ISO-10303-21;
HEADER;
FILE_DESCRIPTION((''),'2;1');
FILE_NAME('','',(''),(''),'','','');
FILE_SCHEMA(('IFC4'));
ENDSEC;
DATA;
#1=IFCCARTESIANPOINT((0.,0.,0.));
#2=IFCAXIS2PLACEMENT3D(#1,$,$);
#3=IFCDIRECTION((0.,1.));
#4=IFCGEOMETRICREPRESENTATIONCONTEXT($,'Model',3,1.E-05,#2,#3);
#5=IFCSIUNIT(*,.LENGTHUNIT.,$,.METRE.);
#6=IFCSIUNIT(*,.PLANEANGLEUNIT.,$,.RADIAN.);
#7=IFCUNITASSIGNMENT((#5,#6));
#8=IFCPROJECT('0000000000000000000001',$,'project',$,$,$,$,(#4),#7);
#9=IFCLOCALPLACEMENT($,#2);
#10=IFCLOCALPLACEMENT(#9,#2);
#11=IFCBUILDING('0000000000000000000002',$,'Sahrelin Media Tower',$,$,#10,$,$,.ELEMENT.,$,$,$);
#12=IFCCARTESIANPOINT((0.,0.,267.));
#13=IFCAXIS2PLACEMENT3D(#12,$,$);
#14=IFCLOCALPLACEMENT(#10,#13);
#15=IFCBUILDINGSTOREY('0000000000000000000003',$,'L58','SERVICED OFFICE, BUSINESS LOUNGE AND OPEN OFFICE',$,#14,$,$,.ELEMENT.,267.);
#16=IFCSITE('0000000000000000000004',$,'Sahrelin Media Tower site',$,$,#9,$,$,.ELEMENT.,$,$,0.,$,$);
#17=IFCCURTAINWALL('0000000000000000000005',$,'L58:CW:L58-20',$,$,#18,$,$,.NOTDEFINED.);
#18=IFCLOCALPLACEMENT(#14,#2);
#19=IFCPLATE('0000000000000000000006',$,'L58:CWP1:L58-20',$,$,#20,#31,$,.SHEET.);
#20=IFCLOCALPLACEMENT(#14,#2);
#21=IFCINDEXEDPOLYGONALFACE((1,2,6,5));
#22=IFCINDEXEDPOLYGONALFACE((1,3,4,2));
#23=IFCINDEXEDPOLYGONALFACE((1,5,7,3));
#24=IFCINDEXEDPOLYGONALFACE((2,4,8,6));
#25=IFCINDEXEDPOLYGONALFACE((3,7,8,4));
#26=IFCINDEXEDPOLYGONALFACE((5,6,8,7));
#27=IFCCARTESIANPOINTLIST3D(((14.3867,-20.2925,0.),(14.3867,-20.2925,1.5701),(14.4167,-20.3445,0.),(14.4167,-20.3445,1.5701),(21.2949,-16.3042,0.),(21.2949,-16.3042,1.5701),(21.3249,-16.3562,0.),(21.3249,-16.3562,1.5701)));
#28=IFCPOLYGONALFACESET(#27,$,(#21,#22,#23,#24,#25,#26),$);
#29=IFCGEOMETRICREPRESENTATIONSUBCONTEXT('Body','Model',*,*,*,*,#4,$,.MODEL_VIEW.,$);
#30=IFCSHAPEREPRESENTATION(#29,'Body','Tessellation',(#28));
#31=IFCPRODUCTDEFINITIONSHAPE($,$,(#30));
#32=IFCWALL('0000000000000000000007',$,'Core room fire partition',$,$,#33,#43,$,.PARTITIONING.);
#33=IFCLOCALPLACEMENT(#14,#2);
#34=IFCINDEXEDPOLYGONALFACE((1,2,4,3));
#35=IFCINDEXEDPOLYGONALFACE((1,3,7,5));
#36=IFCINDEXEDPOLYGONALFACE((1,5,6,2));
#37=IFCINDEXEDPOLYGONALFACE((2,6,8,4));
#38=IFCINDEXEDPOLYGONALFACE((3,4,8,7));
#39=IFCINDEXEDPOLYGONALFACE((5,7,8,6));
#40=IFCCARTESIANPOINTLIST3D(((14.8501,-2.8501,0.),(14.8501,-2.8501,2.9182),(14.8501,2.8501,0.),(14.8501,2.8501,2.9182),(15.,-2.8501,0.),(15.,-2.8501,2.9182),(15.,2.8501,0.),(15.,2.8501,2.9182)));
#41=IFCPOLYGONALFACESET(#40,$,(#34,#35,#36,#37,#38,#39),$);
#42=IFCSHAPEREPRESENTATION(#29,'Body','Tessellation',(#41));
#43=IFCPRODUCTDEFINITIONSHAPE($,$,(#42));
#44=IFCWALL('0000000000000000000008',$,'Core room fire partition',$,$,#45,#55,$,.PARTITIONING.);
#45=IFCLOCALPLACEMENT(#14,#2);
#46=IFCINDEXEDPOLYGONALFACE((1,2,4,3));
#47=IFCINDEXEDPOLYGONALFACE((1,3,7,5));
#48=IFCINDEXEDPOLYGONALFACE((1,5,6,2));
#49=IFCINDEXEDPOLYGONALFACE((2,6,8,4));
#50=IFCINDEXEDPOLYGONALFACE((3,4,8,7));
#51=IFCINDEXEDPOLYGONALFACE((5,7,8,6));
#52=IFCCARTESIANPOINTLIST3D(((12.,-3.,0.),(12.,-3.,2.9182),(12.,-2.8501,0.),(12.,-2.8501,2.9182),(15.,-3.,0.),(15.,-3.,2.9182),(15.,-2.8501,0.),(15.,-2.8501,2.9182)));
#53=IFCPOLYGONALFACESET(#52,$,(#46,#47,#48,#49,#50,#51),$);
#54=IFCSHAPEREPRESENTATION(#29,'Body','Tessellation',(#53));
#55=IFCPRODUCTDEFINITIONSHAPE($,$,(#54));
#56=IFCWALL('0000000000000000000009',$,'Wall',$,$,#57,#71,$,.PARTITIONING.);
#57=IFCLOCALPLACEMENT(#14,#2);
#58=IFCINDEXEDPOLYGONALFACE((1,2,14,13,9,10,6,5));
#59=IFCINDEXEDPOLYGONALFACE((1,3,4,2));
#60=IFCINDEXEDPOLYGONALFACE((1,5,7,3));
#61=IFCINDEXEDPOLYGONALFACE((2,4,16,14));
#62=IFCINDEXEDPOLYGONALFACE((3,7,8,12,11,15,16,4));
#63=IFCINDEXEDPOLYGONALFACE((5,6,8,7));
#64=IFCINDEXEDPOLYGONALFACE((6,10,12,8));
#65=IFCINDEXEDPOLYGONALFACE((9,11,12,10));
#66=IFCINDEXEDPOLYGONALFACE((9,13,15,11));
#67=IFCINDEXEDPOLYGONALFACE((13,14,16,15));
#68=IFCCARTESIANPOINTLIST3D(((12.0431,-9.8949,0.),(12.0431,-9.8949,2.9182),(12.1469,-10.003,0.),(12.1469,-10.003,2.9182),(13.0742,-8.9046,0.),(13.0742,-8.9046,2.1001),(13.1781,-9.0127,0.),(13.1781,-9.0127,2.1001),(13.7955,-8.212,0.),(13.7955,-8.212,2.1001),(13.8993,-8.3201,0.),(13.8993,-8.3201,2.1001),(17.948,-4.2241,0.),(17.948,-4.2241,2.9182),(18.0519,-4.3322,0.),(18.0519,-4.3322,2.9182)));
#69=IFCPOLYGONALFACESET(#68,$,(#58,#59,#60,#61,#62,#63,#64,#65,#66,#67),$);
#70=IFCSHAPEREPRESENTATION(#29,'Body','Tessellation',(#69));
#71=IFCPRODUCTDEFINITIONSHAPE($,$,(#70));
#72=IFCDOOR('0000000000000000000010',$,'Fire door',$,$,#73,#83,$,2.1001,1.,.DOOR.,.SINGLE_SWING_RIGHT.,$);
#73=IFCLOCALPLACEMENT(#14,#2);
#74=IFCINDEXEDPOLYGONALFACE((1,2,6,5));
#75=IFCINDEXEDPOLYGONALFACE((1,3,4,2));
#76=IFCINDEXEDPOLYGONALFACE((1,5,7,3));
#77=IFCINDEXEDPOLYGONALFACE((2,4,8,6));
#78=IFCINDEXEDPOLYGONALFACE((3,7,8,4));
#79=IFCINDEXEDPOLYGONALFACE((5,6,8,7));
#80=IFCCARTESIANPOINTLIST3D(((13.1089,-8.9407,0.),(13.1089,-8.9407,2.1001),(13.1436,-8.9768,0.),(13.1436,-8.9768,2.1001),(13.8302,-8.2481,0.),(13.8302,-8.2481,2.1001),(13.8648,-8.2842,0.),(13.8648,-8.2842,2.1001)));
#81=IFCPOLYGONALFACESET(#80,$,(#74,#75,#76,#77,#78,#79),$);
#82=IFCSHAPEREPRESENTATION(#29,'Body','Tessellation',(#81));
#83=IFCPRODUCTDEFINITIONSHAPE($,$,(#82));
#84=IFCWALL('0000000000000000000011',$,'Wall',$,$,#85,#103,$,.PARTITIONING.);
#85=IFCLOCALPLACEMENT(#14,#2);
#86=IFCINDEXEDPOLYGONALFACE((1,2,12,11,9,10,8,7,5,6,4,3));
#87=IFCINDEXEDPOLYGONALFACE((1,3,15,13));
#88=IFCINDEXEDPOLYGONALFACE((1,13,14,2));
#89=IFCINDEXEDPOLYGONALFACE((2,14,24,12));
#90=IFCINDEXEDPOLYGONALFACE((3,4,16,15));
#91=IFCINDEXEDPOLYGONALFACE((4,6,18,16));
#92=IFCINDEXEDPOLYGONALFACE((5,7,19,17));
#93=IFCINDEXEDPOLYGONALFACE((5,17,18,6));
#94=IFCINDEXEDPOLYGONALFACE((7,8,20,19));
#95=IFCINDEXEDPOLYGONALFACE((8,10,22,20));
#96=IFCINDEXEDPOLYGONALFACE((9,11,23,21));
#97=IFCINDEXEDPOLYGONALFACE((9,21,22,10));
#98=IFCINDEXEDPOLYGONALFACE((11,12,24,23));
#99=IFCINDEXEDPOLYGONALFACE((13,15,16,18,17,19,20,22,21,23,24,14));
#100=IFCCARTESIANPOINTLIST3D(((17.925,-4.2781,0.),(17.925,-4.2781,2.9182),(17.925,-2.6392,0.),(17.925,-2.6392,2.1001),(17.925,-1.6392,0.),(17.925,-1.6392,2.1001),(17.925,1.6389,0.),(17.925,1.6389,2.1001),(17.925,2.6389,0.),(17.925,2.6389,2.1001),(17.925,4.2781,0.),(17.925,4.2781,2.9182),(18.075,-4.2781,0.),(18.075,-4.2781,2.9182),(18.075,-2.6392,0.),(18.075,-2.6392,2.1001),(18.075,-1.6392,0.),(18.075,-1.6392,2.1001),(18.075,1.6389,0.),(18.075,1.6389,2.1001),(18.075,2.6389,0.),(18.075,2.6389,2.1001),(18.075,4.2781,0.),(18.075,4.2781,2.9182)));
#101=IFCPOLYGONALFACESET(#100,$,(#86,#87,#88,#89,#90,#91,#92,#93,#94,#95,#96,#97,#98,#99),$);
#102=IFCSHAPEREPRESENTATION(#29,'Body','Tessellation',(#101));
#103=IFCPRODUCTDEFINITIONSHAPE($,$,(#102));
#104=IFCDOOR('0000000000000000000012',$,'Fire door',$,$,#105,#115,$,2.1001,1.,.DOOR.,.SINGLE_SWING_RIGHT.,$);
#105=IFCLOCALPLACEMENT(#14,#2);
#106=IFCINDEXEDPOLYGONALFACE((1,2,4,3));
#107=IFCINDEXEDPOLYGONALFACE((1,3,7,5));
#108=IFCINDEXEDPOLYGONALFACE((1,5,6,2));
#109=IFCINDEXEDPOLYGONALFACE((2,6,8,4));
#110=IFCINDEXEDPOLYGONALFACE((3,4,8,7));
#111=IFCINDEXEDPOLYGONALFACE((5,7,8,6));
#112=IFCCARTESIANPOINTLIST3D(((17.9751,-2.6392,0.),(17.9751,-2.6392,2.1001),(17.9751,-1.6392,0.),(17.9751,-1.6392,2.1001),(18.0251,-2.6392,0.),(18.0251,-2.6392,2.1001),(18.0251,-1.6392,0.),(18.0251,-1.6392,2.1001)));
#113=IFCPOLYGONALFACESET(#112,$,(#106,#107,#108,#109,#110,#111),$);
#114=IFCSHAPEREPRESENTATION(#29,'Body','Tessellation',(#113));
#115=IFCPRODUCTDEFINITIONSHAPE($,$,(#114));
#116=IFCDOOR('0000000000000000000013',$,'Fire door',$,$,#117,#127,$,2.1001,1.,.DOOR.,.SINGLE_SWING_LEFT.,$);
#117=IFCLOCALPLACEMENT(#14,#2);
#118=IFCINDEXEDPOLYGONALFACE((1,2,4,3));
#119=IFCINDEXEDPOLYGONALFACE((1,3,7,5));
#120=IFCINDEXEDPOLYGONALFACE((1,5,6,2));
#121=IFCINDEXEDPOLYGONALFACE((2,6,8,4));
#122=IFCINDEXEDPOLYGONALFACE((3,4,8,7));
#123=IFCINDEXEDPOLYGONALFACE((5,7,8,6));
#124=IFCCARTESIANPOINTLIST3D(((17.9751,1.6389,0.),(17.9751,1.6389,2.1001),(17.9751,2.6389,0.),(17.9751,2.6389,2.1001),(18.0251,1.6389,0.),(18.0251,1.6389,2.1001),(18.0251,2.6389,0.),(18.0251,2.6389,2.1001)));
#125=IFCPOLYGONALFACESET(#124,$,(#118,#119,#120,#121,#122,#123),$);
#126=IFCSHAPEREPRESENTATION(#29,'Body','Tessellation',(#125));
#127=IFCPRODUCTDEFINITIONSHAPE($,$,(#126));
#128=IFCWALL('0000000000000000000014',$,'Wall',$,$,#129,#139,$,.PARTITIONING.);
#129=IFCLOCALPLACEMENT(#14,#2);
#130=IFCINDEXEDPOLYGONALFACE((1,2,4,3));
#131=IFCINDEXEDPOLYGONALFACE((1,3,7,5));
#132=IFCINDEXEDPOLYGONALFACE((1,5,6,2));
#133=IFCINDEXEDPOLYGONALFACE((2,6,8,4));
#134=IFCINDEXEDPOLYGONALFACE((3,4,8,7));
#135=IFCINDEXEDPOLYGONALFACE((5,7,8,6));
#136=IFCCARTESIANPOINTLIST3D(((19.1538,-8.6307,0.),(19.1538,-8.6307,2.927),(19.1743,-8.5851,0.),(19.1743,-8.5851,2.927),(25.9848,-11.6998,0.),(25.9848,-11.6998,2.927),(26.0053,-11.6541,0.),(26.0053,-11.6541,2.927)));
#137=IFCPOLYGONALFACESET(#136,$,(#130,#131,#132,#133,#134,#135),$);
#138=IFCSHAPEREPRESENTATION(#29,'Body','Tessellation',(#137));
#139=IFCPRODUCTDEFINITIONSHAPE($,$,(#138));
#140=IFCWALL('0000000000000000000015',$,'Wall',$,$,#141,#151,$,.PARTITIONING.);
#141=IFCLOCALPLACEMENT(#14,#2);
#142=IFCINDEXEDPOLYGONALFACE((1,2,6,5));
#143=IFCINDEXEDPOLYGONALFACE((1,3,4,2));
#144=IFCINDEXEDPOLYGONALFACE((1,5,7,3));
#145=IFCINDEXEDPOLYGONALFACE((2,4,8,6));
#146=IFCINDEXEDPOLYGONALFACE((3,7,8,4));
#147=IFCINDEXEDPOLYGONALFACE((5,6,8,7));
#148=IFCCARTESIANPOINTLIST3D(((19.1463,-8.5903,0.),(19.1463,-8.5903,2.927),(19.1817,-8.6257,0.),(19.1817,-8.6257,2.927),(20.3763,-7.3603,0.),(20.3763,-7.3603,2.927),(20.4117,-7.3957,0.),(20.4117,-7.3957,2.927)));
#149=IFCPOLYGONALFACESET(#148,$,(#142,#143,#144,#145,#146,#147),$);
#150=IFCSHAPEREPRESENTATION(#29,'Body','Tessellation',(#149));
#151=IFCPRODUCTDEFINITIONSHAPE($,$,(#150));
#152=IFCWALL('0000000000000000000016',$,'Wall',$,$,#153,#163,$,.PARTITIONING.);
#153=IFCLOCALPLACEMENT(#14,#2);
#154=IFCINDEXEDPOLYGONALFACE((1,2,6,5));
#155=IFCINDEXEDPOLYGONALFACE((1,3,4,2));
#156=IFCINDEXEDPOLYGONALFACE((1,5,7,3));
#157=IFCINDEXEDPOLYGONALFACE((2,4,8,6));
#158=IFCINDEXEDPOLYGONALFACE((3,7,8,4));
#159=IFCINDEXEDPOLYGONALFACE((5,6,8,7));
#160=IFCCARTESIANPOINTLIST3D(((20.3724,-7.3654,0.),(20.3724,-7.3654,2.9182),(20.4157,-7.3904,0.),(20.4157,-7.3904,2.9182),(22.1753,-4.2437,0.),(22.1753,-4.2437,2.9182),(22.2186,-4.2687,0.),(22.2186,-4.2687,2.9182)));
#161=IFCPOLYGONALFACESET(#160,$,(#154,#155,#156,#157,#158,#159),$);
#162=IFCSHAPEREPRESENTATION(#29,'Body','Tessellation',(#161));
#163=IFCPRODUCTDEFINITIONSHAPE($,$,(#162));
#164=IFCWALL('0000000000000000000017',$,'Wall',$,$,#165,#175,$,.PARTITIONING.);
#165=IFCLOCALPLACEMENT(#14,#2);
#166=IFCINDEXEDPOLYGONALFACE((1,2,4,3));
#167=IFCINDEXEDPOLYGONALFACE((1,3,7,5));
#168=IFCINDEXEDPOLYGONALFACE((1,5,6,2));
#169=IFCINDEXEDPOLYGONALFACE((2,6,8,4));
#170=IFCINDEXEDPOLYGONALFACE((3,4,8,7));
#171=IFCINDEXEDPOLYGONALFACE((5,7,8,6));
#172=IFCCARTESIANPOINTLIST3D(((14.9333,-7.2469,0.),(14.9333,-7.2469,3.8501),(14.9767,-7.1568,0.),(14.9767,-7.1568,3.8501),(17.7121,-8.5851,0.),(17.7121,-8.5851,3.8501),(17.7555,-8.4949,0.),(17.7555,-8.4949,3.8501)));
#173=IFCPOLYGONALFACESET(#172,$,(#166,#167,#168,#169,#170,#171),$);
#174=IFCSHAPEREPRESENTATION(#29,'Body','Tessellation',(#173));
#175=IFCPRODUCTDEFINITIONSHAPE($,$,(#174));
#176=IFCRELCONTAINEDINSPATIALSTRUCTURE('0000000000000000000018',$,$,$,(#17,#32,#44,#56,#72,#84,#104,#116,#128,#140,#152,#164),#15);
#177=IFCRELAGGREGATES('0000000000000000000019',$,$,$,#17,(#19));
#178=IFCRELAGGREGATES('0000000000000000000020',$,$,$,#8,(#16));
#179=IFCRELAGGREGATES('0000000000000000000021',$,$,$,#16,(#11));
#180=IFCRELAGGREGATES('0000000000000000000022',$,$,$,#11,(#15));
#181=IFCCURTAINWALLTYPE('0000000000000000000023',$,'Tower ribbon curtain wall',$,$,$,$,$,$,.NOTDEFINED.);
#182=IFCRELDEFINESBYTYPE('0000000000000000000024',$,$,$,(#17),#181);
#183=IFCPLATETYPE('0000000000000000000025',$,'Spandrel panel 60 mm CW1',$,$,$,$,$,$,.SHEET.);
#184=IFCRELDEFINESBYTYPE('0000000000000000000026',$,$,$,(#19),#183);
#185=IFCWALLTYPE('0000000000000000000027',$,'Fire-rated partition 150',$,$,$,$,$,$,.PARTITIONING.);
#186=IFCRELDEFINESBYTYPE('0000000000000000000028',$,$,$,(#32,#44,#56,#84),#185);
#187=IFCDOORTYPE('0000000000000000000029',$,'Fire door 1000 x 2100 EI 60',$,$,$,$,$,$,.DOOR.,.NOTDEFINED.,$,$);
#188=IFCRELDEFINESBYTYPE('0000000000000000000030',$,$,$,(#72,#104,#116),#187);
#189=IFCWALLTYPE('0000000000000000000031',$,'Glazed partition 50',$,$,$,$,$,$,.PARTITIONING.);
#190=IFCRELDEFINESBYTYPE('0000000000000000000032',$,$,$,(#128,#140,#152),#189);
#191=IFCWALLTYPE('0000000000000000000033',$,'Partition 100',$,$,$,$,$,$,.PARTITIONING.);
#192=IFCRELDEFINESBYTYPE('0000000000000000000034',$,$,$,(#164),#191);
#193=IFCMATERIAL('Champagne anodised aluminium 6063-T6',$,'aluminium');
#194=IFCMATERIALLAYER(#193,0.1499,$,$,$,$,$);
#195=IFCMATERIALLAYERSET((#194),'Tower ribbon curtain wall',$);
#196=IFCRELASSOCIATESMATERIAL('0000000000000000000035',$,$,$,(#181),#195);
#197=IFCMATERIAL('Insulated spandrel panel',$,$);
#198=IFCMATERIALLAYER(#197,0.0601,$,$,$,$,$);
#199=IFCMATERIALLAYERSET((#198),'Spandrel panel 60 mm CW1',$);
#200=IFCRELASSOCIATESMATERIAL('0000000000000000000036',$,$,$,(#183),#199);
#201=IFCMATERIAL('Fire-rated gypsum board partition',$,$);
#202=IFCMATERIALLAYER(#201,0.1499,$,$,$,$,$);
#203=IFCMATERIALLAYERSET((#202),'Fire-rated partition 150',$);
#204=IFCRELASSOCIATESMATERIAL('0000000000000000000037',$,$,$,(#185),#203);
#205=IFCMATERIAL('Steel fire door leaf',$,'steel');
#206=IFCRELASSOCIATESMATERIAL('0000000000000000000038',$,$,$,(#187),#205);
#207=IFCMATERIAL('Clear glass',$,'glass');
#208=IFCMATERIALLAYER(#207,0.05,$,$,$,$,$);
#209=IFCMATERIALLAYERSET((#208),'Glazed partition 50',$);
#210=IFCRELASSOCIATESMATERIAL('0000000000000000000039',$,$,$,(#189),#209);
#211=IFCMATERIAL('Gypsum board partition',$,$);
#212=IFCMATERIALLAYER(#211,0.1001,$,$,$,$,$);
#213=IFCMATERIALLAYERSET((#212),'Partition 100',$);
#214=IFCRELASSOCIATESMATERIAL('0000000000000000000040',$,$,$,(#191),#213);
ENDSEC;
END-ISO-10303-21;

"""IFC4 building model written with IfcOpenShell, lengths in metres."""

from ifc_helpers import new_model, si_unit, direction, frame, frame_2d, origin, place, context, subcontext, project, spatial, polyline, rectangle, outline, extrude, material, layer, layer_set, type_object, element, fill, aggregate, save


model = new_model("IFC4")

# Units and contexts
model_context = context("Model", 3, precision=1e-05, world=origin(), true_north=direction((0.0, 1.0)))
body_context = subcontext(model_context, "Body", "Model", "MODEL_VIEW")
ifc_project = project(units=[si_unit("LENGTHUNIT", "METRE"), si_unit("PLANEANGLEUNIT", "RADIAN")], contexts=[model_context])

# Site, building, storey
site_placement = place(None, origin())
site = spatial("IfcSite", under=ifc_project, at=site_placement, Name="Sahrelin Media Tower site", CompositionType="ELEMENT", RefElevation=0.0)
building_placement = place(site_placement, origin())
building = spatial("IfcBuilding", under=site, at=building_placement, Name="Sahrelin Media Tower", CompositionType="ELEMENT")
storey_placement = place(building_placement, frame((0.0, 0.0, 267.0)))
storey = spatial("IfcBuildingStorey", under=building, at=storey_placement, Name="L58", Description="SERVICED OFFICE, BUSINESS LOUNGE AND OPEN OFFICE", CompositionType="ELEMENT", Elevation=267.0)

# Curtain wall
ifc_material_1 = material(Name="Champagne anodised aluminium 6063-T6", Category="aluminium")
ifc_layer_1 = layer(ifc_material_1, 0.1499)
ifc_layer_set_1 = layer_set([ifc_layer_1], Name="Tower ribbon curtain wall")
curtain_wall_type = type_object("IfcCurtainWallType", Name="Tower ribbon curtain wall", PredefinedType="NOTDEFINED", material=ifc_layer_set_1)
curtain_wall_1_placement = place(storey_placement, frame((17.8608, -18.333, 0.0), z_axis=(0.0, 0.0, 1.0), x_axis=(1.0, 0.0, 0.0)))
curtain_wall_1 = element("IfcCurtainWall", 1, at=curtain_wall_1_placement, inside=storey, type_object=curtain_wall_type, Name="L58:CW:L58-20", PredefinedType="NOTDEFINED")

# Plate
ifc_material_2 = material(Name="Insulated spandrel panel")
ifc_layer_2 = layer(ifc_material_2, 0.0601)
ifc_layer_set_2 = layer_set([ifc_layer_2], Name="Spandrel panel 60 mm CW1")
plate_type_1 = type_object("IfcPlateType", Name="Spandrel panel 60 mm CW1", PredefinedType="SHEET", material=ifc_layer_set_2)
plate_1_placement = place(storey_placement, frame((14.4167, -20.3445, 0.0), z_axis=(0.499984, -0.866035, 0.0), x_axis=(0.866035, 0.499984, 0.0)))
plate_1 = element("IfcPlate", 2, at=plate_1_placement, type_object=plate_type_1, Name="L58:CWP1:L58-20", PredefinedType="SHEET", context=body_context, shape_type="SweptSolid", body=[
    extrude(outline(polyline([(0.0, 0.0), (7.9768, 0.0), (7.9768, 1.5701), (0.0, 1.5701), (0.0, 0.0)])), origin(), (0.0, 0.0, -1.0), 0.0601),
])
aggregate(curtain_wall_1, [plate_1])

# Walls
ifc_material_3 = material(Name="Fire-rated gypsum board partition")
ifc_layer_3 = layer(ifc_material_3, 0.1499)
ifc_layer_set_3 = layer_set([ifc_layer_3], Name="Fire-rated partition 150")
wall_type_1 = type_object("IfcWallType", Name="Fire-rated partition 150", PredefinedType="PARTITIONING", material=ifc_layer_set_3)
wall_1_placement = place(storey_placement, frame((14.925, -2.8501, 0.0), z_axis=(0.0, 0.0, 1.0), x_axis=(0.0, 1.0, 0.0)))
element("IfcWall", 3, at=wall_1_placement, inside=storey, type_object=wall_type_1, Name="Core room fire partition", PredefinedType="PARTITIONING", context=body_context, shape_type="SweptSolid", body=[
    extrude(rectangle(XDim=5.7002, YDim=0.1499, at=frame_2d((2.8501, 0.0))), origin(), (0.0, 0.0, 1.0), 2.9182),
])
wall_2_placement = place(storey_placement, frame((12.0, -2.925, 0.0), z_axis=(0.0, 0.0, 1.0), x_axis=(1.0, 0.0, 0.0)))
element("IfcWall", 4, at=wall_2_placement, inside=storey, type_object=wall_type_1, Name="Core room fire partition", PredefinedType="PARTITIONING", context=body_context, shape_type="SweptSolid", body=[
    extrude(rectangle(XDim=3.0, YDim=0.1499, at=frame_2d((1.5, 0.0))), origin(), (0.0, 0.0, 1.0), 2.9182),
])

# Wall, opening, door
wall_3_placement = place(storey_placement, frame((12.095, -9.949, 0.0), z_axis=(0.0, 0.0, 1.0), x_axis=(0.721261, 0.692663, 0.0)))
wall_3 = element("IfcWall", 5, at=wall_3_placement, inside=storey, type_object=wall_type_1, Name="Wall", PredefinedType="PARTITIONING", context=body_context, shape_type="SweptSolid", body=[
    extrude(rectangle(XDim=8.187, YDim=0.1499, at=frame_2d((4.0935, 0.0))), origin(), (0.0, 0.0, 1.0), 2.9182),
])
opening_1_placement = place(wall_3_placement, frame((1.4297, 0.0, 0.0)))
opening_1 = element("IfcOpeningElement", 6, at=opening_1_placement, cuts=wall_3, PredefinedType="OPENING", context=body_context, shape_type="SweptSolid", body=[
    extrude(rectangle(XDim=1.0, YDim=2.1001, at=frame_2d((0.5, 1.05))), frame((0.0, 0.075, 0.0), z_axis=(0.0, -1.0, 0.0), x_axis=(1.0, 0.0, 0.0)), (0.0, 0.0, 1.0), 0.1499),
])
ifc_material_4 = material(Name="Steel fire door leaf", Category="steel")
door_type_1 = type_object("IfcDoorType", Name="Fire door 1000 x 2100 EI 60", OperationType="NOTDEFINED", PredefinedType="DOOR", material=ifc_material_4)
door_1_placement = place(opening_1_placement, origin())
door_1 = element("IfcDoor", 7, at=door_1_placement, inside=storey, type_object=door_type_1, Name="Fire door", OperationType="SINGLE_SWING_RIGHT", OverallHeight=2.1001, OverallWidth=1.0, PredefinedType="DOOR", context=body_context, shape_type="SweptSolid", body=[
    extrude(rectangle(XDim=1.0, YDim=2.1001, at=frame_2d((0.5, 1.05))), frame((0.0, 0.0249, 0.0), z_axis=(0.0, -1.0, 0.0), x_axis=(1.0, 0.0, 0.0)), (0.0, 0.0, 1.0), 0.05),
])
fill(opening_1, door_1)

# Wall, openings, doors
wall_4_placement = place(storey_placement, frame((18.0, -4.2781, 0.0), z_axis=(0.0, 0.0, 1.0), x_axis=(0.0, 1.0, 0.0)))
wall_4 = element("IfcWall", 8, at=wall_4_placement, inside=storey, type_object=wall_type_1, Name="Wall", PredefinedType="PARTITIONING", context=body_context, shape_type="SweptSolid", body=[
    extrude(rectangle(XDim=8.5562, YDim=0.1499, at=frame_2d((4.2781, 0.0))), origin(), (0.0, 0.0, 1.0), 2.9182),
])
opening_2_placement = place(wall_4_placement, frame((1.6389, 0.0, 0.0)))
opening_2 = element("IfcOpeningElement", 9, at=opening_2_placement, cuts=wall_4, PredefinedType="OPENING", context=body_context, shape_type="SweptSolid", body=[
    extrude(rectangle(XDim=1.0, YDim=2.1001, at=frame_2d((0.5, 1.05))), frame((0.0, 0.075, 0.0), z_axis=(0.0, -1.0, 0.0), x_axis=(1.0, 0.0, 0.0)), (0.0, 0.0, 1.0), 0.1499),
])
opening_3_placement = place(wall_4_placement, frame((5.917, 0.0, 0.0)))
opening_3 = element("IfcOpeningElement", 10, at=opening_3_placement, cuts=wall_4, PredefinedType="OPENING", context=body_context, shape_type="SweptSolid", body=[
    extrude(rectangle(XDim=1.0, YDim=2.1001, at=frame_2d((0.5, 1.05))), frame((0.0, 0.075, 0.0), z_axis=(0.0, -1.0, 0.0), x_axis=(1.0, 0.0, 0.0)), (0.0, 0.0, 1.0), 0.1499),
])
door_2_placement = place(opening_2_placement, origin())
door_2 = element("IfcDoor", 11, at=door_2_placement, inside=storey, type_object=door_type_1, Name="Fire door", OperationType="SINGLE_SWING_RIGHT", OverallHeight=2.1001, OverallWidth=1.0, PredefinedType="DOOR", context=body_context, shape_type="SweptSolid", body=[
    extrude(rectangle(XDim=1.0, YDim=2.1001, at=frame_2d((0.5, 1.05))), frame((0.0, 0.0249, 0.0), z_axis=(0.0, -1.0, 0.0), x_axis=(1.0, 0.0, 0.0)), (0.0, 0.0, 1.0), 0.05),
])
fill(opening_2, door_2)
door_3_placement = place(opening_3_placement, origin())
door_3 = element("IfcDoor", 12, at=door_3_placement, inside=storey, type_object=door_type_1, Name="Fire door", OperationType="SINGLE_SWING_LEFT", OverallHeight=2.1001, OverallWidth=1.0, PredefinedType="DOOR", context=body_context, shape_type="SweptSolid", body=[
    extrude(rectangle(XDim=1.0, YDim=2.1001, at=frame_2d((0.5, 1.05))), frame((0.0, 0.0249, 0.0), z_axis=(0.0, -1.0, 0.0), x_axis=(1.0, 0.0, 0.0)), (0.0, 0.0, 1.0), 0.05),
])
fill(opening_3, door_3)

# Walls
ifc_material_5 = material(Name="Clear glass", Category="glass")
ifc_layer_4 = layer(ifc_material_5, 0.05)
ifc_layer_set_4 = layer_set([ifc_layer_4], Name="Glazed partition 50")
wall_type_2 = type_object("IfcWallType", Name="Glazed partition 50", PredefinedType="PARTITIONING", material=ifc_layer_set_4)
wall_5_placement = place(storey_placement, frame((19.1641, -8.6079, 0.0), z_axis=(0.0, 0.0, 1.0), x_axis=(0.912165, -0.409822, 0.0)))
element("IfcWall", 13, at=wall_5_placement, inside=storey, type_object=wall_type_2, Name="Wall", PredefinedType="PARTITIONING", context=body_context, shape_type="SweptSolid", body=[
    extrude(rectangle(XDim=7.4888, YDim=0.05, at=frame_2d((3.7444, 0.0))), origin(), (0.0, 0.0, 1.0), 2.927),
])
wall_6_placement = place(storey_placement, frame((19.1641, -8.6079, 0.0), z_axis=(0.0, 0.0, 1.0), x_axis=(0.707107, 0.707107, 0.0)))
element("IfcWall", 14, at=wall_6_placement, inside=storey, type_object=wall_type_2, Name="Wall", PredefinedType="PARTITIONING", context=body_context, shape_type="SweptSolid", body=[
    extrude(rectangle(XDim=1.7395, YDim=0.05, at=frame_2d((0.8696, 0.0))), origin(), (0.0, 0.0, 1.0), 2.927),
])
wall_7_placement = place(storey_placement, frame((20.394, -7.3779, 0.0), z_axis=(0.0, 0.0, 1.0), x_axis=(0.500123, 0.865954, 0.0)))
element("IfcWall", 15, at=wall_7_placement, inside=storey, type_object=wall_type_2, Name="Wall", PredefinedType="PARTITIONING", context=body_context, shape_type="SweptSolid", body=[
    extrude(rectangle(XDim=3.605, YDim=0.05, at=frame_2d((1.8025, 0.0))), origin(), (0.0, 0.0, 1.0), 2.9182),
])
ifc_material_6 = material(Name="Gypsum board partition")
ifc_layer_5 = layer(ifc_material_6, 0.1001)
ifc_layer_set_5 = layer_set([ifc_layer_5], Name="Partition 100")
wall_type_3 = type_object("IfcWallType", Name="Partition 100", PredefinedType="PARTITIONING", material=ifc_layer_set_5)
wall_8_placement = place(storey_placement, frame((14.9551, -7.2019, 0.0), z_axis=(0.0, 0.0, 1.0), x_axis=(0.900978, -0.433866, 0.0)))
element("IfcWall", 16, at=wall_8_placement, inside=storey, type_object=wall_type_3, Name="Wall", PredefinedType="PARTITIONING", context=body_context, shape_type="SweptSolid", body=[
    extrude(rectangle(XDim=3.0842, YDim=0.1001, at=frame_2d((1.542, 0.0))), origin(), (0.0, 0.0, 1.0), 3.8501),
])

save(model, "model.ifc")
